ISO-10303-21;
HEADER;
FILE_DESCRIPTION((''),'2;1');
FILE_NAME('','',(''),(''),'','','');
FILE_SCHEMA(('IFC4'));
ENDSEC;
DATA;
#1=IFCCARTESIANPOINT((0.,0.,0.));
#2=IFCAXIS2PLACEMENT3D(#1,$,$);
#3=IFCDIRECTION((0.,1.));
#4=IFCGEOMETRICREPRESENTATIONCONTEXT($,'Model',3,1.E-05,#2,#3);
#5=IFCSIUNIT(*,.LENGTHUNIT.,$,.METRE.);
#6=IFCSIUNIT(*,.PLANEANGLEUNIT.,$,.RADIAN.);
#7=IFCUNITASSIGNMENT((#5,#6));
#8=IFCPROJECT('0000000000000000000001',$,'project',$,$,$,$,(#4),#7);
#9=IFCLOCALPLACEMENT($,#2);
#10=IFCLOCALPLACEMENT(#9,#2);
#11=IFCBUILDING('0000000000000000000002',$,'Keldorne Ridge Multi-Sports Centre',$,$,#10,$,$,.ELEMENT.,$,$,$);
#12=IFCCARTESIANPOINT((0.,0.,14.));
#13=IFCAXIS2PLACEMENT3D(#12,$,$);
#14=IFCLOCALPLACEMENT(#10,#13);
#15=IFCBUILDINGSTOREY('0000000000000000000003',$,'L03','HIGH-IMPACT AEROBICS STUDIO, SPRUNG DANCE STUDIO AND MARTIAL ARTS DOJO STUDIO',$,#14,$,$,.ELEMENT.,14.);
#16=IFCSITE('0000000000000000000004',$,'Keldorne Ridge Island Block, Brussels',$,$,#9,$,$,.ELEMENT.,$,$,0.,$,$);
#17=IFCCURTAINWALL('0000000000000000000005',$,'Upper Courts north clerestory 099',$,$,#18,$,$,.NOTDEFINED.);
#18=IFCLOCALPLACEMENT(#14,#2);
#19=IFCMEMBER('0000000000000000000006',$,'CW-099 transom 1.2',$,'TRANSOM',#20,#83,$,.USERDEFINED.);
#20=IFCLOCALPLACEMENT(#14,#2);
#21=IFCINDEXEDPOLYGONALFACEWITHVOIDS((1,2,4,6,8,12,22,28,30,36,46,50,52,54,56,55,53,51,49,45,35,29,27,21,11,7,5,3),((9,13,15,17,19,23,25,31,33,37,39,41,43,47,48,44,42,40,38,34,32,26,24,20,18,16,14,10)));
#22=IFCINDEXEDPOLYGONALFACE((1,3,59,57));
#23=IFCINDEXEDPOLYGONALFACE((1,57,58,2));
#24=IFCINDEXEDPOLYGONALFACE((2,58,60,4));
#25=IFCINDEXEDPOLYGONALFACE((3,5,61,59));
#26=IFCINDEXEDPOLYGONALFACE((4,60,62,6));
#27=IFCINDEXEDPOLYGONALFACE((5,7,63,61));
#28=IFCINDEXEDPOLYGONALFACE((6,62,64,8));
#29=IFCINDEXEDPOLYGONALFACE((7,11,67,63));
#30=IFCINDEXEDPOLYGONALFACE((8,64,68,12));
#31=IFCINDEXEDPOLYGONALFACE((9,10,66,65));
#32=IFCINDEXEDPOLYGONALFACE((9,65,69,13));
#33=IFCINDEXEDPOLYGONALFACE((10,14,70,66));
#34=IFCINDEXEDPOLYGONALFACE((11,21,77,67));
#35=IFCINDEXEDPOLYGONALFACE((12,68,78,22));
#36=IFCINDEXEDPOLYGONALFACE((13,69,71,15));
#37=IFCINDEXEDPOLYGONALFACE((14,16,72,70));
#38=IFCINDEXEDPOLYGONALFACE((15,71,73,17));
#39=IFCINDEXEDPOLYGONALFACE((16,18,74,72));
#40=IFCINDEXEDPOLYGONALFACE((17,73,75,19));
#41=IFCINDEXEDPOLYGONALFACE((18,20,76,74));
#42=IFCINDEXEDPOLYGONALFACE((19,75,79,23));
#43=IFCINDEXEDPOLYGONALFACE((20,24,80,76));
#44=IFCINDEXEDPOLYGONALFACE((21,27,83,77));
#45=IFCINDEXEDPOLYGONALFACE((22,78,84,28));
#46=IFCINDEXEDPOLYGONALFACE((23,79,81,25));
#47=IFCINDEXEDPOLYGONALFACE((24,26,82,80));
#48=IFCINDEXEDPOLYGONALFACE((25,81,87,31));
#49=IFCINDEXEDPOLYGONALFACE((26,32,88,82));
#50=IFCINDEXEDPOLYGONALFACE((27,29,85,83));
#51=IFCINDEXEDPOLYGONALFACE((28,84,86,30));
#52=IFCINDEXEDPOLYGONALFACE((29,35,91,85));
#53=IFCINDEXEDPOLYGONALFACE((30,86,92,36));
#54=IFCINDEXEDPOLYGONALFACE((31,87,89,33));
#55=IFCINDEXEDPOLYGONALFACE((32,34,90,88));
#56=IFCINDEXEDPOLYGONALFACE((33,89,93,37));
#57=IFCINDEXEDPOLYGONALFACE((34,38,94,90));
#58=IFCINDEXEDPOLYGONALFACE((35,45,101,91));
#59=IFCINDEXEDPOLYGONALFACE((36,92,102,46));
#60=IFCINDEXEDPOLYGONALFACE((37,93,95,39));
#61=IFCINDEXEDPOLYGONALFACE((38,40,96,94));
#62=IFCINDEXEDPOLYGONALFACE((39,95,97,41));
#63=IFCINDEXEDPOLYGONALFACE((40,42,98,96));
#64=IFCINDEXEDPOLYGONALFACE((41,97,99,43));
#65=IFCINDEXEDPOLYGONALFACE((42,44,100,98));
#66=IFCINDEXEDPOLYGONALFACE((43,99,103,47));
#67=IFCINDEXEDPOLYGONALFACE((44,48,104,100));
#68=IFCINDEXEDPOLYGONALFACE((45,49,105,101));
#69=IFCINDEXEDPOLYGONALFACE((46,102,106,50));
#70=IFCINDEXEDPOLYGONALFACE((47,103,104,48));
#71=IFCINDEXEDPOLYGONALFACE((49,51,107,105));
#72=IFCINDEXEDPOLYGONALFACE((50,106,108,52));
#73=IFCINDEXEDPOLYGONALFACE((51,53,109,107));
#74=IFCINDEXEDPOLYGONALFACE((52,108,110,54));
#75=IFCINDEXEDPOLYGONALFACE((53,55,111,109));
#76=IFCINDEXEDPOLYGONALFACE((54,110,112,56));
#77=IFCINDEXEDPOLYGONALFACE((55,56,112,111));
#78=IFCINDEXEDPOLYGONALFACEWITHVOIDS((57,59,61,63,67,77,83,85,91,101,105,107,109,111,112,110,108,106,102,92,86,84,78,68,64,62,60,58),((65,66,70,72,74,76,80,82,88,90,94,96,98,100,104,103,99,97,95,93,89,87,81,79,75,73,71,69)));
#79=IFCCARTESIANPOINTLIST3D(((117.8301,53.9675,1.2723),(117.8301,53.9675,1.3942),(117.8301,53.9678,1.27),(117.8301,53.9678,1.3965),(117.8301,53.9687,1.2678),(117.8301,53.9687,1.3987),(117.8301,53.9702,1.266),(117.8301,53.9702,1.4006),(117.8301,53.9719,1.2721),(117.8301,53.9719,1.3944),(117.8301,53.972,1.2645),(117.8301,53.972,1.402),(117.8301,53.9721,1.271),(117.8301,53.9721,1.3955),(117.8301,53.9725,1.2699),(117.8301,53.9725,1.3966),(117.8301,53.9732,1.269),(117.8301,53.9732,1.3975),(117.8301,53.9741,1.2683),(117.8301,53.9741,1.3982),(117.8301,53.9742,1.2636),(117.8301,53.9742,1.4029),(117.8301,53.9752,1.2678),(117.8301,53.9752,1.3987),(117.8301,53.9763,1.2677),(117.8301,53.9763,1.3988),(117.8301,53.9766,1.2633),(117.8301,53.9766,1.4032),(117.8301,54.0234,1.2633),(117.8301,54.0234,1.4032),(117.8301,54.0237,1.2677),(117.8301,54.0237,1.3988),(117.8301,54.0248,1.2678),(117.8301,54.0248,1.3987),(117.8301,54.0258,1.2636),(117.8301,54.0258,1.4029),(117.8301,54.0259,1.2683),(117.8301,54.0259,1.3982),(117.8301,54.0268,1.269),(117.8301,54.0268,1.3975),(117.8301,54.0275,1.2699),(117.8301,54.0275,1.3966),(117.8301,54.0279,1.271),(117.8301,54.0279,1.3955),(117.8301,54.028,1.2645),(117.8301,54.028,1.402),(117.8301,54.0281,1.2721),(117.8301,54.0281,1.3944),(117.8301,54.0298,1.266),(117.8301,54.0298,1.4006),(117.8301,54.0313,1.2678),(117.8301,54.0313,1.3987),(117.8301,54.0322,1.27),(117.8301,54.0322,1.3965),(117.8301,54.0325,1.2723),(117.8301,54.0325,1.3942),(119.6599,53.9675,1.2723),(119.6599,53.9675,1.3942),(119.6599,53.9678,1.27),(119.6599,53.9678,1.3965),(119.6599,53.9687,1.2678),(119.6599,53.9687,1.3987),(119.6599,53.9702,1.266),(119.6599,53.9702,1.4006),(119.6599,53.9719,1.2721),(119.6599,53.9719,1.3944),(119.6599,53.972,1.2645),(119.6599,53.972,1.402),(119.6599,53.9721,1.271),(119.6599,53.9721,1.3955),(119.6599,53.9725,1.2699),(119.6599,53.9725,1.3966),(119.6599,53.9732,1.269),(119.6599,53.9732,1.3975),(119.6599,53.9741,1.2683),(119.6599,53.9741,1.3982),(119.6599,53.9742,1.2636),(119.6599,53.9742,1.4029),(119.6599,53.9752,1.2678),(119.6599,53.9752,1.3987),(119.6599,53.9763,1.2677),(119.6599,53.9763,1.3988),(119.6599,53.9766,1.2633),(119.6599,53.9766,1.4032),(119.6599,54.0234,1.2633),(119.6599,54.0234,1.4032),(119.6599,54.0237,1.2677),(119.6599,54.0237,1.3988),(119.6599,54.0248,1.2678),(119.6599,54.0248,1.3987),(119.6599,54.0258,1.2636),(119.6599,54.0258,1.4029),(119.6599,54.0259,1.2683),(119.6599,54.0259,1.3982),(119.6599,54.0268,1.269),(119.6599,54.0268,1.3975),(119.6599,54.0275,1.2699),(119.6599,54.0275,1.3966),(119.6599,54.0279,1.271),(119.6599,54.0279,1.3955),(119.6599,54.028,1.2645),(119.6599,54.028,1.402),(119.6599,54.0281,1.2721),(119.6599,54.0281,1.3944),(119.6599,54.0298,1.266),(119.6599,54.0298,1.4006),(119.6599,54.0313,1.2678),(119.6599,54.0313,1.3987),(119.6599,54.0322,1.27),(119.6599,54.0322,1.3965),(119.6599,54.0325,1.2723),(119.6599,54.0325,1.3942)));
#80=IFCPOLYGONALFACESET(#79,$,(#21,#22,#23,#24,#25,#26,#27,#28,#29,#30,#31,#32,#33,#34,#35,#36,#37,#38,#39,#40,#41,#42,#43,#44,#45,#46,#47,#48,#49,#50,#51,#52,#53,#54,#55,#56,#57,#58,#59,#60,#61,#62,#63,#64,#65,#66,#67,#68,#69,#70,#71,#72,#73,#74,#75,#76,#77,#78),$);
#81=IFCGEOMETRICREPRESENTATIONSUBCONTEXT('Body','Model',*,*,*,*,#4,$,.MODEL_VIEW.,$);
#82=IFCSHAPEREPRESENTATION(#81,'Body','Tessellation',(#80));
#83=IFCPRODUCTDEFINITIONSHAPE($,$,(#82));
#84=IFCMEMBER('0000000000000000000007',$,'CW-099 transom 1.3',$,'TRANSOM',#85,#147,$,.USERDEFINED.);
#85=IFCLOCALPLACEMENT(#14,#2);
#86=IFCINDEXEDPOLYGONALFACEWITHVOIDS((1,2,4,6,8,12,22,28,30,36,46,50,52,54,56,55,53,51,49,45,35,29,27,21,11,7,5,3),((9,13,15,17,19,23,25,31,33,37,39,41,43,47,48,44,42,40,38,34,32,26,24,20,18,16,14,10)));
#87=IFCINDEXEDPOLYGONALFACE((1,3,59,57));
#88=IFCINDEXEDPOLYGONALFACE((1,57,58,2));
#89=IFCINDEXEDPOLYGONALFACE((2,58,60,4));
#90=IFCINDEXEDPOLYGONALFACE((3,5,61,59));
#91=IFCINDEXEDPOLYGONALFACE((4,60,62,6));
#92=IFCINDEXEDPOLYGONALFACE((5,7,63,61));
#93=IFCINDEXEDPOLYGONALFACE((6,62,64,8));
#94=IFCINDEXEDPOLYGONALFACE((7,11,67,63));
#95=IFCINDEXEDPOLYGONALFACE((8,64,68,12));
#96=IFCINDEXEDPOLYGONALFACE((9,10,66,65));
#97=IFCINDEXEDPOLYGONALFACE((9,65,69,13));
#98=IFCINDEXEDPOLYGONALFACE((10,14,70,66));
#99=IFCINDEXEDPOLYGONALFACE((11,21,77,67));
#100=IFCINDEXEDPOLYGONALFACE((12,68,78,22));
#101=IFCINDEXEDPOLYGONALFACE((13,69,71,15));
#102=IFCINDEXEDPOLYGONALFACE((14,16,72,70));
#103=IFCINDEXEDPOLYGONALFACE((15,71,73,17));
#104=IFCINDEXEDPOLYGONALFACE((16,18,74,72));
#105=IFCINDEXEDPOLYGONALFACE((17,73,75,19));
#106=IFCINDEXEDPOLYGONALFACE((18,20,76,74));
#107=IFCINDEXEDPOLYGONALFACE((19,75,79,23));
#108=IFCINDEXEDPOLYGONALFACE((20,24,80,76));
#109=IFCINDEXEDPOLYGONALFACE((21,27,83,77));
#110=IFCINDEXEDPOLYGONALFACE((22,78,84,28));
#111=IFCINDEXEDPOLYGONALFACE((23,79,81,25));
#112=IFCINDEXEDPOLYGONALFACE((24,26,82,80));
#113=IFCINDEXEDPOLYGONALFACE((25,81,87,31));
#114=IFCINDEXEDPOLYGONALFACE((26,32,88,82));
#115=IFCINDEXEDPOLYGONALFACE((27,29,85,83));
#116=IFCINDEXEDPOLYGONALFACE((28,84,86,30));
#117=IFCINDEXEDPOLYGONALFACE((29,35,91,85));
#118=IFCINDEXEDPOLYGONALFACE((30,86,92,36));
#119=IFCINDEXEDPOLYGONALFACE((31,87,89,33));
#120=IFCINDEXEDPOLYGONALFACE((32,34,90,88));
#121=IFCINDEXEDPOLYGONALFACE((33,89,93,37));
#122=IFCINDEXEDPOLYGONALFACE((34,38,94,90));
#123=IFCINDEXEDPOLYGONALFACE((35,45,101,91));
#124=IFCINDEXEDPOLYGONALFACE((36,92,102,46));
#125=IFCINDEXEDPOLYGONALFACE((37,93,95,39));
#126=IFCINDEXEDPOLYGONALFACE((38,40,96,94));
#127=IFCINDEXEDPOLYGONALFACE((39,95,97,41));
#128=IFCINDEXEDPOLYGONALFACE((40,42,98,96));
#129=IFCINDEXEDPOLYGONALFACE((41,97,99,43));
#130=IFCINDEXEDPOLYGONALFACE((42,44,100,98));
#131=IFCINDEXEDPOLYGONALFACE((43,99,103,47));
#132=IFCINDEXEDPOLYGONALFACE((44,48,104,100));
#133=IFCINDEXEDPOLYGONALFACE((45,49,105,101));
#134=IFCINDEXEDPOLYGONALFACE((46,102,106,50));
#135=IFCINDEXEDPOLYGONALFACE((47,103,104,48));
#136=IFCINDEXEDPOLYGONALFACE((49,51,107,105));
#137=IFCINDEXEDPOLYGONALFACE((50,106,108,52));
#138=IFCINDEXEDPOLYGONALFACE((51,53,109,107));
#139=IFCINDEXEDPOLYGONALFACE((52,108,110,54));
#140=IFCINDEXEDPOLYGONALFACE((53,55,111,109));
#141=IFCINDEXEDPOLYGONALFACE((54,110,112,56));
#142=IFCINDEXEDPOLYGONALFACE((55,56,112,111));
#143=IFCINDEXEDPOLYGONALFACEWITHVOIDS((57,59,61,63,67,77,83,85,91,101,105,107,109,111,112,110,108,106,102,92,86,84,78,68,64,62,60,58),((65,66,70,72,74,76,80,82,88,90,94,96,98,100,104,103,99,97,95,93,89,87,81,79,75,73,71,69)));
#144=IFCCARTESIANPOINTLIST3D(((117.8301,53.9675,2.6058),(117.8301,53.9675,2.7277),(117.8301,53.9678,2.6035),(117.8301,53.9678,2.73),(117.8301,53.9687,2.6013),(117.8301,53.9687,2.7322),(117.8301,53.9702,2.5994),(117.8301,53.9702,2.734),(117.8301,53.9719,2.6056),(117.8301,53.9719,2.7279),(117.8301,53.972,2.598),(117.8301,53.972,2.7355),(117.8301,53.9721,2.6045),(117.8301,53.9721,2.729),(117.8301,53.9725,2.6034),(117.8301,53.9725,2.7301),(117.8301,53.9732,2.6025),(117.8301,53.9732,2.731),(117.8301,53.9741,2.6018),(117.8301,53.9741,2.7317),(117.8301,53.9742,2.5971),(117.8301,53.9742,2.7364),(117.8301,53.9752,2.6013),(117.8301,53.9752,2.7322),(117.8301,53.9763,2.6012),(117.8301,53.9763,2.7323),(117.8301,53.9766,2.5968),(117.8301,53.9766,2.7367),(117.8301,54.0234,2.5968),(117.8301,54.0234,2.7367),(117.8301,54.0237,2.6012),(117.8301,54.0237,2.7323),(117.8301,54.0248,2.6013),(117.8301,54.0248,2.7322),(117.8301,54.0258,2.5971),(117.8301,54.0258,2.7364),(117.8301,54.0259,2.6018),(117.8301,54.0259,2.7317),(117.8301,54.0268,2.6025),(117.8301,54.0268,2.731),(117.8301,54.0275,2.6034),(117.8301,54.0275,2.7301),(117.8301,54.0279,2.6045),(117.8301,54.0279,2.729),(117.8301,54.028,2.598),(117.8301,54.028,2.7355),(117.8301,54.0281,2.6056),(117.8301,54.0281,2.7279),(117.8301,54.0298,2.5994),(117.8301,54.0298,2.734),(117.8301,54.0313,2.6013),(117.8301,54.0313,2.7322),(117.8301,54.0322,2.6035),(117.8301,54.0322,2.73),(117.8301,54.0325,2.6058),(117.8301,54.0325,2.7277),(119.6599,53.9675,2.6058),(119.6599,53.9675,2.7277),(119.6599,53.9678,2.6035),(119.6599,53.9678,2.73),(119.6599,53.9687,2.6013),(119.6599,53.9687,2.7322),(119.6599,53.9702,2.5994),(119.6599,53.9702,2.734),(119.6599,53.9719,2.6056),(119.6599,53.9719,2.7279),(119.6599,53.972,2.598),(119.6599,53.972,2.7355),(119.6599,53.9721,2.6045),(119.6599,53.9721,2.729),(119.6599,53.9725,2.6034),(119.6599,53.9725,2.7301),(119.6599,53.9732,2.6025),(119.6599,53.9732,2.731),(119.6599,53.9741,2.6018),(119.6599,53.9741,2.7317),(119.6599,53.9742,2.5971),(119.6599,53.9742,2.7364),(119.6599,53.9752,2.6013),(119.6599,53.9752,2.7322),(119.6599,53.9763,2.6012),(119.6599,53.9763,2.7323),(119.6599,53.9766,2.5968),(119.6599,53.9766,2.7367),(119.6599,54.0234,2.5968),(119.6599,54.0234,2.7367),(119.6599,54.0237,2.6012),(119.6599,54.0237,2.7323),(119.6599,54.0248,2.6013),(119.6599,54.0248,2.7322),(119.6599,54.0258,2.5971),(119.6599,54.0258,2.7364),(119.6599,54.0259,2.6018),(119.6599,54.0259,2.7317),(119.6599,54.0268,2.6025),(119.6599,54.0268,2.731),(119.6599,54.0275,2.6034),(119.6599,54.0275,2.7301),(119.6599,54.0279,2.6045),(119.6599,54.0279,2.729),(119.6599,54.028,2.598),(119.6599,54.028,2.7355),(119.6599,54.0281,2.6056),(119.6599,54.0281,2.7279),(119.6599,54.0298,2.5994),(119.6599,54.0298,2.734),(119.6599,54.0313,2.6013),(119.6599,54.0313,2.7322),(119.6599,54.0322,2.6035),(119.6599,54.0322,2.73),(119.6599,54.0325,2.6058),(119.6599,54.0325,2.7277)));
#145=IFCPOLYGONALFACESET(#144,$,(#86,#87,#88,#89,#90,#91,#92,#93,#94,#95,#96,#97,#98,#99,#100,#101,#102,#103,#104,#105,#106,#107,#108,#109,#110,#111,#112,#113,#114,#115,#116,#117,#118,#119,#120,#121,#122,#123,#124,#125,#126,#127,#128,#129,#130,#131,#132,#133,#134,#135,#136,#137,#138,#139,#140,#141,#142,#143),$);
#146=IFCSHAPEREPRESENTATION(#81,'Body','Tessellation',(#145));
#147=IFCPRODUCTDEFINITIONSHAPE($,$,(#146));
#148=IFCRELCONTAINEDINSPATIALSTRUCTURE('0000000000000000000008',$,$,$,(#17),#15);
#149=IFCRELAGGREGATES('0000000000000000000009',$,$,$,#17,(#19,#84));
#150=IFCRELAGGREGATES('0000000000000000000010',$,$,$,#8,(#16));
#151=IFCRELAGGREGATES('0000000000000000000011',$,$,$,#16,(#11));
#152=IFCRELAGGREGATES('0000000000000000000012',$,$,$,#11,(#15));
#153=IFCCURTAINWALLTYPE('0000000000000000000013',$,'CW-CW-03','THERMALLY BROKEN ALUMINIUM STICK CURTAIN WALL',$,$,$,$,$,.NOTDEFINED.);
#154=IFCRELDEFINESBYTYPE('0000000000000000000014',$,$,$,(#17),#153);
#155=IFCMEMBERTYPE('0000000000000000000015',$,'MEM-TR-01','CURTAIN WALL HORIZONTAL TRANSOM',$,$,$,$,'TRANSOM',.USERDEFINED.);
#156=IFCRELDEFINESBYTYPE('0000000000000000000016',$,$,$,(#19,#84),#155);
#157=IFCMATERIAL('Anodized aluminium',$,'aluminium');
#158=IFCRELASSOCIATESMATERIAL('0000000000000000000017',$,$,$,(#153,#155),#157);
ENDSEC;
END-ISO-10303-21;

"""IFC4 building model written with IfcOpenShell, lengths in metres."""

from ifc_helpers import new_model, si_unit, direction, frame, origin, origin_2d, place, context, subcontext, project, spatial, hollow_rectangle, extrude, material, material_profile, profile_set, type_object, element, aggregate, save


model = new_model("IFC4")

# Units and contexts
model_context = context("Model", 3, precision=1e-05, world=origin(), true_north=direction((0.0, 1.0)))
body_context = subcontext(model_context, "Body", "Model", "MODEL_VIEW")
ifc_project = project(units=[si_unit("LENGTHUNIT", "METRE"), si_unit("PLANEANGLEUNIT", "RADIAN")], contexts=[model_context])

# Site, building, storey
site_placement = place(None, origin())
site = spatial("IfcSite", under=ifc_project, at=site_placement, Name="Keldorne Ridge Island Block, Brussels", CompositionType="ELEMENT", RefElevation=0.0)
building_placement = place(site_placement, origin())
building = spatial("IfcBuilding", under=site, at=building_placement, Name="Keldorne Ridge Multi-Sports Centre", CompositionType="ELEMENT")
storey_placement = place(building_placement, frame((0.0, 0.0, 14.0)))
storey = spatial("IfcBuildingStorey", under=building, at=storey_placement, Name="L03", Description="HIGH-IMPACT AEROBICS STUDIO, SPRUNG DANCE STUDIO AND MARTIAL ARTS DOJO STUDIO", CompositionType="ELEMENT", Elevation=14.0)

# Curtain wall, members
ifc_material_1 = material(Name="Anodized aluminium", Category="aluminium")
curtain_wall_type = type_object("IfcCurtainWallType", Name="CW-CW-03", Description="THERMALLY BROKEN ALUMINIUM STICK CURTAIN WALL", PredefinedType="NOTDEFINED", material=ifc_material_1)
curtain_wall_placement = place(storey_placement, origin())
curtain_wall = element("IfcCurtainWall", 1, at=curtain_wall_placement, inside=storey, type_object=curtain_wall_type, Name="Upper Courts north clerestory 099", PredefinedType="NOTDEFINED")
ifc_material_profile_1 = material_profile(ifc_material_1, hollow_rectangle(XDim=0.0649, YDim=0.1399, WallThickness=0.0044, InnerFilletRadius=0.0044, OuterFilletRadius=0.009, at=origin_2d()), Name="ALU TRANSOM 140x65x4.5")
ifc_profile_set_1 = profile_set([ifc_material_profile_1], Name="Anodized aluminium")
member_type_1 = type_object("IfcMemberType", Name="MEM-TR-01", Description="CURTAIN WALL HORIZONTAL TRANSOM", ElementType="TRANSOM", PredefinedType="USERDEFINED", material=ifc_profile_set_1)
member_1_placement = place(storey_placement, frame((119.6599, 54.0, 1.3333), z_axis=(-1.0, 0.0, 0.0), x_axis=(0.0, -1.0, 0.0)))
member_1 = element("IfcMember", 2, at=member_1_placement, type_object=member_type_1, Name="CW-099 transom 1.2", ObjectType="TRANSOM", PredefinedType="USERDEFINED", context=body_context, shape_type="SweptSolid", body=[
    extrude(hollow_rectangle(XDim=0.0649, YDim=0.1399, WallThickness=0.0044, InnerFilletRadius=0.0044, OuterFilletRadius=0.009, at=origin_2d()), origin(), (0.0, 0.0, 1.0), 1.8298),
])
member_2_placement = place(storey_placement, frame((119.6599, 54.0, 2.6667), z_axis=(-1.0, 0.0, 0.0), x_axis=(0.0, -1.0, 0.0)))
member_2 = element("IfcMember", 3, at=member_2_placement, type_object=member_type_1, Name="CW-099 transom 1.3", ObjectType="TRANSOM", PredefinedType="USERDEFINED", context=body_context, shape_type="SweptSolid", body=[
    extrude(hollow_rectangle(XDim=0.0649, YDim=0.1399, WallThickness=0.0044, InnerFilletRadius=0.0044, OuterFilletRadius=0.009, at=origin_2d()), origin(), (0.0, 0.0, 1.0), 1.8298),
])
aggregate(curtain_wall, [member_1, member_2])

save(model, "model.ifc")
